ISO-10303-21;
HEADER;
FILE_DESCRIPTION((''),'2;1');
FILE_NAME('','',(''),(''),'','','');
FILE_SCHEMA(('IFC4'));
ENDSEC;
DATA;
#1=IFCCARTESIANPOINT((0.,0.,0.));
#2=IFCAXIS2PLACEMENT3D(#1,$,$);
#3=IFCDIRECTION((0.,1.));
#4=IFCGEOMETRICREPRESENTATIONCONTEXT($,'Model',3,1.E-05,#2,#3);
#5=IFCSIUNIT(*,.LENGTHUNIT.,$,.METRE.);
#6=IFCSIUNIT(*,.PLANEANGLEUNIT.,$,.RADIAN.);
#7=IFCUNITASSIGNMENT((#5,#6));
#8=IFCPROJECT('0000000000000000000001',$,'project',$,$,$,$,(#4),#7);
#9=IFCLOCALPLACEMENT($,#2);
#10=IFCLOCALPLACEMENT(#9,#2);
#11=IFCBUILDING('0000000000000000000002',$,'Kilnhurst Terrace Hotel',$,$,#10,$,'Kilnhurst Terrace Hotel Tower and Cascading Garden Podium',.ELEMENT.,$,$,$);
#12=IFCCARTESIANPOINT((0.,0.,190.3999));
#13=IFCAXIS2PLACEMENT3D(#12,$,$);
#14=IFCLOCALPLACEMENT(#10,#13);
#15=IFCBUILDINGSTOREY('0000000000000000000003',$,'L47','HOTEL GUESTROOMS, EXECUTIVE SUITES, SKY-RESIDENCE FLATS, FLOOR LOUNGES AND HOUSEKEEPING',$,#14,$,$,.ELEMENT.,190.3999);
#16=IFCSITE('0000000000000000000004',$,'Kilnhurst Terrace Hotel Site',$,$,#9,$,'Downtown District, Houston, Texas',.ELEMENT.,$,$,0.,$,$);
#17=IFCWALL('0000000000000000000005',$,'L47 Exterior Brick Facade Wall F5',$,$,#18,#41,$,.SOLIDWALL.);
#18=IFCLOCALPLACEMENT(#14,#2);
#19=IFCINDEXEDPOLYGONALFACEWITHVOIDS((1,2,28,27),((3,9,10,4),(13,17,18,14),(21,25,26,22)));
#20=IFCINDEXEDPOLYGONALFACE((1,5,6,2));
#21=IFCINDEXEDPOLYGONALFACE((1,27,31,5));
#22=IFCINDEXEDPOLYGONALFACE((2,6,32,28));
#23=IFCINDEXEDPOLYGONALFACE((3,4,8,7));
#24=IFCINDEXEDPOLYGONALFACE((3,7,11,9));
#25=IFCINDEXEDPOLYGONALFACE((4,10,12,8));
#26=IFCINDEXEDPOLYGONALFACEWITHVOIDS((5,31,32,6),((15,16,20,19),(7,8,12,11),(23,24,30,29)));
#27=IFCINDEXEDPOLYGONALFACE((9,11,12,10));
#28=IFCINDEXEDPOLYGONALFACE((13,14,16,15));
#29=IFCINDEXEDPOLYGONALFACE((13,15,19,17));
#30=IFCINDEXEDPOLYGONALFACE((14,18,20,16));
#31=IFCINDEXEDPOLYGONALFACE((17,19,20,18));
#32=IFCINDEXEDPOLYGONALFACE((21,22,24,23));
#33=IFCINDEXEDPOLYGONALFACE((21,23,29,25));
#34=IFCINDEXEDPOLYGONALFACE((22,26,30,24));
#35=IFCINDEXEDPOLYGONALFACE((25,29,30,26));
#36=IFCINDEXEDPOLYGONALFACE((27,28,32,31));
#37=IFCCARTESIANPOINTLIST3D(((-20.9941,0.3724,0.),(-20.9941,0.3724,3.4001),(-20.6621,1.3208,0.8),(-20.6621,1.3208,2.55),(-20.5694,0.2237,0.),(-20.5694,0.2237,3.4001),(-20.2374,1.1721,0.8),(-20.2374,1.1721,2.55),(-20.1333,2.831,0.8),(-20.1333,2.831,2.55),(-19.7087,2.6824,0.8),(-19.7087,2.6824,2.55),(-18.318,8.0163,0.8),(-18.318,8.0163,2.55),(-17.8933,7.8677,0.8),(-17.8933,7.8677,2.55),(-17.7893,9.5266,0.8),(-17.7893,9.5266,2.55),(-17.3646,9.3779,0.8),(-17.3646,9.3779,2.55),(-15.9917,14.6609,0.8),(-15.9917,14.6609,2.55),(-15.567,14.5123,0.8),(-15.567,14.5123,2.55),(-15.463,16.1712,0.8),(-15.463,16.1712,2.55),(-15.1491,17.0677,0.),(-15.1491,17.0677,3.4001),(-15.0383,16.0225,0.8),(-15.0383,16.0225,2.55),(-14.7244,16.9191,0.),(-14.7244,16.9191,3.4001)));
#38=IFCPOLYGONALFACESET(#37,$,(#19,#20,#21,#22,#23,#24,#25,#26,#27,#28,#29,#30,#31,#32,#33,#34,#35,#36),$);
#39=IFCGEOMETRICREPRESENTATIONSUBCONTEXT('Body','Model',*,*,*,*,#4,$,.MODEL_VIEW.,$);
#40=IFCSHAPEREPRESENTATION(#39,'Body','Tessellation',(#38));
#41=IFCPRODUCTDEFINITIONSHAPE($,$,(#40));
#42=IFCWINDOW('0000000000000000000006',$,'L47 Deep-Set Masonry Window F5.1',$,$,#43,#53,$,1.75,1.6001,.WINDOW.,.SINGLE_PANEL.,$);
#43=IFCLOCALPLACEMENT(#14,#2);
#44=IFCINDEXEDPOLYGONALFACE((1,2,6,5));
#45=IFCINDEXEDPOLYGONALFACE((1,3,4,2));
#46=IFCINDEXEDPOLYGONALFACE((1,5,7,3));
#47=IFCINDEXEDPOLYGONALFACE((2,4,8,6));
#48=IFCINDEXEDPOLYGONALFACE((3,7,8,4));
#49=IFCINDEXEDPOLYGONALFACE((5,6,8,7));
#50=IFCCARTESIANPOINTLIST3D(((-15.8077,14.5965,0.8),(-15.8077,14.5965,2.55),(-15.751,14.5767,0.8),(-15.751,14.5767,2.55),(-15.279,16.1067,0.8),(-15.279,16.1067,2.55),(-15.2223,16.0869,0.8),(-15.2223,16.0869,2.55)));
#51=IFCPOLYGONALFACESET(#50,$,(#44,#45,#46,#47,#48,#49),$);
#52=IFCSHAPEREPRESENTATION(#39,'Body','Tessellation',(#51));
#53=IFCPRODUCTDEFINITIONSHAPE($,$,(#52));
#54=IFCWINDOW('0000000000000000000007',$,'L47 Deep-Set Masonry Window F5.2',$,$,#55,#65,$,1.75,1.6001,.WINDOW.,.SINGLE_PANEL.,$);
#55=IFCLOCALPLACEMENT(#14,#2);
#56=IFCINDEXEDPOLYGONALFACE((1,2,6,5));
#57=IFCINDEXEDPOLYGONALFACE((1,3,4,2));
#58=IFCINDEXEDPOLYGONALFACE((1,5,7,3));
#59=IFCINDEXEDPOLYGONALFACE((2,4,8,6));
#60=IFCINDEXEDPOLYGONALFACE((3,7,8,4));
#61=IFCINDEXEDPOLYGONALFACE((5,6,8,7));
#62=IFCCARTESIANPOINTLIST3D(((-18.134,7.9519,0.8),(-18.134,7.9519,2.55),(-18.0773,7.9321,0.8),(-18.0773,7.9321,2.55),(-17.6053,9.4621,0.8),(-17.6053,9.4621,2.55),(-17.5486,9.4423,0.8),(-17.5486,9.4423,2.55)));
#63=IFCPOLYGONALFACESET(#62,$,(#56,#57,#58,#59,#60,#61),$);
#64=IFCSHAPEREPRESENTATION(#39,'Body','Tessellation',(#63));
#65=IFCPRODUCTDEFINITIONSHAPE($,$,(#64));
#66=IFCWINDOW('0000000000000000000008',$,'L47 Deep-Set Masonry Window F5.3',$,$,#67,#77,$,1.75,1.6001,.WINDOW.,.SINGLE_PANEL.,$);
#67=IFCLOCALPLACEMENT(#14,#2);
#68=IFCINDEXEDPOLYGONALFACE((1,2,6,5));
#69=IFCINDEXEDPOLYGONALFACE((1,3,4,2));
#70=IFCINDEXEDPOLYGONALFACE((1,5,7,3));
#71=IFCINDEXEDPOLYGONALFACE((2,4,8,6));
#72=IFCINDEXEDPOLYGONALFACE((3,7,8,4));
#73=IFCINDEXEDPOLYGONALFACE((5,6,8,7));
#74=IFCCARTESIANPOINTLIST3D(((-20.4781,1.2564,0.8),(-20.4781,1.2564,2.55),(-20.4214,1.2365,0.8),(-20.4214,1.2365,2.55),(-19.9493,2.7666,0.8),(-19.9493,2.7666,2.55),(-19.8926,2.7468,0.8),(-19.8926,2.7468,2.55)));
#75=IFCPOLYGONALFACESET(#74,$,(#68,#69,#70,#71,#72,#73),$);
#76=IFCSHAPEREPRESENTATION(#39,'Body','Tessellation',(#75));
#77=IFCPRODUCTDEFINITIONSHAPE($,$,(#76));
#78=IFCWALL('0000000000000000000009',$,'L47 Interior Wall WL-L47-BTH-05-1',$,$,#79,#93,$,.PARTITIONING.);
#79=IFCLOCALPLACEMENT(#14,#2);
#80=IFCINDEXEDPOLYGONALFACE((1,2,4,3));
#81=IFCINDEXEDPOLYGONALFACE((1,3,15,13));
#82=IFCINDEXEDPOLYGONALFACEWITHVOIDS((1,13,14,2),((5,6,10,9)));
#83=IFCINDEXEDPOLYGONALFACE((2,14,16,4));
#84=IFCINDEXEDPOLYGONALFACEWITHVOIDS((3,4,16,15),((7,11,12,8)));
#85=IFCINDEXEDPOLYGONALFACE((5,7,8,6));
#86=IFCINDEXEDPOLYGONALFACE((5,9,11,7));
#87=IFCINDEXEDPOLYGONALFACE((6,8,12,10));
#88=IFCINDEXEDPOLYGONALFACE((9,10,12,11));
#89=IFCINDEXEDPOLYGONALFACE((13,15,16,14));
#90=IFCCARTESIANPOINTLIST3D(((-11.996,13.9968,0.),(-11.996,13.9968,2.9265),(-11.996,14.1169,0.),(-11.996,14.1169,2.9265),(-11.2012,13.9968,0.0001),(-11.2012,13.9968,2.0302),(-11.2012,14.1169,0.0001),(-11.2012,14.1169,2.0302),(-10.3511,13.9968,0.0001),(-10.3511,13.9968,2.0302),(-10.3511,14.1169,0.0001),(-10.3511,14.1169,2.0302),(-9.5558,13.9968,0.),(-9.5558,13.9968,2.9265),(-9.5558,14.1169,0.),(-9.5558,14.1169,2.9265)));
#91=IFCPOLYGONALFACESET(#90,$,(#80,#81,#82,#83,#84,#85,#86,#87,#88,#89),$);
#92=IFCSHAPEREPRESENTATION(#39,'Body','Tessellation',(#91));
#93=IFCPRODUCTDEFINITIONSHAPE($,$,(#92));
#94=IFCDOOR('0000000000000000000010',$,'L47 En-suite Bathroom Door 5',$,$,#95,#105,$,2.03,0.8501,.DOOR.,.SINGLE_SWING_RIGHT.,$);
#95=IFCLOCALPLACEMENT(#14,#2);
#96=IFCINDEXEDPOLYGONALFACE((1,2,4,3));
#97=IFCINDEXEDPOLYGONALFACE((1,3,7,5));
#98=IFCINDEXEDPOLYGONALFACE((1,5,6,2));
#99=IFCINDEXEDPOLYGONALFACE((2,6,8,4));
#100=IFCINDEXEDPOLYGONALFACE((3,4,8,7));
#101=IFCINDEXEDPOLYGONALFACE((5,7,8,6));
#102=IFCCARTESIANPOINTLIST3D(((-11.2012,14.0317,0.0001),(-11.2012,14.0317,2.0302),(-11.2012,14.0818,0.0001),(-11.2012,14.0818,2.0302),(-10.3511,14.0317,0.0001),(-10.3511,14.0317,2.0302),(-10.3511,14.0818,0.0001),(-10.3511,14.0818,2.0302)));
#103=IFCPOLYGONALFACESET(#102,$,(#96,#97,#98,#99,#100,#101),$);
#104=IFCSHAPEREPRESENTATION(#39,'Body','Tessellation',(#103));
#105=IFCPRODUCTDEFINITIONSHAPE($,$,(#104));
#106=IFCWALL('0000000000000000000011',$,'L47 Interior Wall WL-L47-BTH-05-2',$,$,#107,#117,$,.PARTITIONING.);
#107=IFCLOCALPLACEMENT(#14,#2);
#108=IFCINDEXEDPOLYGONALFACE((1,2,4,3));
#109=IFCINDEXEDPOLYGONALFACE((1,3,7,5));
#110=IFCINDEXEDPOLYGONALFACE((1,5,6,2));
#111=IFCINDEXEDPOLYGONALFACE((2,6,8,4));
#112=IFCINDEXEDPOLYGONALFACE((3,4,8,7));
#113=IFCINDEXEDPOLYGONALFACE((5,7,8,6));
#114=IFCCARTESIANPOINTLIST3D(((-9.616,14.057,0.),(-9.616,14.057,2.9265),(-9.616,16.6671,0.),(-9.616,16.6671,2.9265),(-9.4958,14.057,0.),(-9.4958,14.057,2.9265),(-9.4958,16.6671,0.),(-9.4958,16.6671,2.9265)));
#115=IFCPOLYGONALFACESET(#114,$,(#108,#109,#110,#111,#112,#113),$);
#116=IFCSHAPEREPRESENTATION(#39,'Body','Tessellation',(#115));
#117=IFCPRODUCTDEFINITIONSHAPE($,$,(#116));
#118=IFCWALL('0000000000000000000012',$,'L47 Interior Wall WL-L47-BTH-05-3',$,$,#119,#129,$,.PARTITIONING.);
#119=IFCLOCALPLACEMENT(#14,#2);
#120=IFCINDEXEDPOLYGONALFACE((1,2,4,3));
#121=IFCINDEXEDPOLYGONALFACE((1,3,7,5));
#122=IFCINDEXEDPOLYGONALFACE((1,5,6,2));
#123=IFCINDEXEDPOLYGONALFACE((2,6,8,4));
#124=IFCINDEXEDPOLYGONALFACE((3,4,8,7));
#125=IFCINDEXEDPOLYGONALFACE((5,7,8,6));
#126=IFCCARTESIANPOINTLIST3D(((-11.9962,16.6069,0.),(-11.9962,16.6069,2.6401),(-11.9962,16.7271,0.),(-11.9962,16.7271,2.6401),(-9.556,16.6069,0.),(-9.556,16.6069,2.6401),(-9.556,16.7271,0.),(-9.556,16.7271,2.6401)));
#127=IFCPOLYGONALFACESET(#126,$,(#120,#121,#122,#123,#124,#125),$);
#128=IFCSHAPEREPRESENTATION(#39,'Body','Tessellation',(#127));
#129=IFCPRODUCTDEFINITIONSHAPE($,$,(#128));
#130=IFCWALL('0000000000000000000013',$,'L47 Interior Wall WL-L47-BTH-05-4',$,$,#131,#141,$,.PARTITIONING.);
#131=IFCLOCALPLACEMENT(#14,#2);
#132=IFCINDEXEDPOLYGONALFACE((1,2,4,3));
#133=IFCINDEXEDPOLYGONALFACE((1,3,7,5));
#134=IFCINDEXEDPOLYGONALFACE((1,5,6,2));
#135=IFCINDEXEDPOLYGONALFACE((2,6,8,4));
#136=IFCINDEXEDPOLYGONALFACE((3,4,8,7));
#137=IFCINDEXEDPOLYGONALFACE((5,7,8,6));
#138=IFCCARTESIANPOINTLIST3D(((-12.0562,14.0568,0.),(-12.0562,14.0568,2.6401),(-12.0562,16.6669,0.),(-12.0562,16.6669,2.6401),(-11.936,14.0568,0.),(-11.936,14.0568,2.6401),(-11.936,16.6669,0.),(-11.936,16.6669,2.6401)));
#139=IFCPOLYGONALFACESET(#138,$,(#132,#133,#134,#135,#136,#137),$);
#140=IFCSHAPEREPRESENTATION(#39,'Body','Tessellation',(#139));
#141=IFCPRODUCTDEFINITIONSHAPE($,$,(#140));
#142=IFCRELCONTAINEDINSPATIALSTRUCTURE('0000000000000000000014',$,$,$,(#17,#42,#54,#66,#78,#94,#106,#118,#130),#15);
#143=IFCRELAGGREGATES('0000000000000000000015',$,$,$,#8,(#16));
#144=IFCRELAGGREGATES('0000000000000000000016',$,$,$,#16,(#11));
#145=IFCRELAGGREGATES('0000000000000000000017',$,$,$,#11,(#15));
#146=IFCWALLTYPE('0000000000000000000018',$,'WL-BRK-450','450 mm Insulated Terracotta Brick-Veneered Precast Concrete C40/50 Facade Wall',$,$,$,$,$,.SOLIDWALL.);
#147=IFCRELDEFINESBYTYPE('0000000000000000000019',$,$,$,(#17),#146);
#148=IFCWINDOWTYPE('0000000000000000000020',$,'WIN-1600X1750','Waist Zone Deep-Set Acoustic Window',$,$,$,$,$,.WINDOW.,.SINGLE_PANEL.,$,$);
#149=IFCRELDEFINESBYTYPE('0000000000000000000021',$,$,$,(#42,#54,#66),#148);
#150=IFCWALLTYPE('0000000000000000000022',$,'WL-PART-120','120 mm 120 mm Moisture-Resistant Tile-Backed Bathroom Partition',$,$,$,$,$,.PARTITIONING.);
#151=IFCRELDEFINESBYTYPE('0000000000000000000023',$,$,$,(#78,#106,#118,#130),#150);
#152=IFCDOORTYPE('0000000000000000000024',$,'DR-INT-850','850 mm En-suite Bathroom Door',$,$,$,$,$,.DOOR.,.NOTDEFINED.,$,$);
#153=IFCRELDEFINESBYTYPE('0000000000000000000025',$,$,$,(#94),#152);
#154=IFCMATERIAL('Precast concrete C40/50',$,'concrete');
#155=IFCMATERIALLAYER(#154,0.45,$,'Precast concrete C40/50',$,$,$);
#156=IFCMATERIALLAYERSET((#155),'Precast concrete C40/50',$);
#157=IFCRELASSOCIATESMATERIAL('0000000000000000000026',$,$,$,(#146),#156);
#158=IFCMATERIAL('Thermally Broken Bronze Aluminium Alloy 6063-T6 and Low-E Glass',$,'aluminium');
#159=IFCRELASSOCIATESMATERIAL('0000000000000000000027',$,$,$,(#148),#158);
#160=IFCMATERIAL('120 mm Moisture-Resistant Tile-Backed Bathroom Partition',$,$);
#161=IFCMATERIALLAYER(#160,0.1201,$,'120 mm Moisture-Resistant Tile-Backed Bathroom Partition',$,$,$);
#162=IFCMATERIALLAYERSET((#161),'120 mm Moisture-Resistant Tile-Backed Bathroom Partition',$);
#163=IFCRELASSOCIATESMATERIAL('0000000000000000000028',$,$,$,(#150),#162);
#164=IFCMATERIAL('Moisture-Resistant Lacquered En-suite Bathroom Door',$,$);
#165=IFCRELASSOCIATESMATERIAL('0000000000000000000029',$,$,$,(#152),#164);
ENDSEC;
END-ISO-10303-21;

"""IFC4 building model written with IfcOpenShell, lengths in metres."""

from ifc_helpers import new_model, si_unit, direction, frame, frame_2d, origin, place, context, subcontext, project, spatial, rectangle, extrude, material, layer, layer_set, type_object, element, fill, save


model = new_model("IFC4")

# Units and contexts
model_context = context("Model", 3, precision=1e-05, world=origin(), true_north=direction((0.0, 1.0)))
body_context = subcontext(model_context, "Body", "Model", "MODEL_VIEW")
ifc_project = project(units=[si_unit("LENGTHUNIT", "METRE"), si_unit("PLANEANGLEUNIT", "RADIAN")], contexts=[model_context])

# Site, building, storey
site_placement = place(None, origin())
site = spatial("IfcSite", under=ifc_project, at=site_placement, Name="Kilnhurst Terrace Hotel Site", LongName="Downtown District, Houston, Texas", CompositionType="ELEMENT", RefElevation=0.0)
building_placement = place(site_placement, origin())
building = spatial("IfcBuilding", under=site, at=building_placement, Name="Kilnhurst Terrace Hotel", LongName="Kilnhurst Terrace Hotel Tower and Cascading Garden Podium", CompositionType="ELEMENT")
storey_placement = place(building_placement, frame((0.0, 0.0, 190.3999)))
storey = spatial("IfcBuildingStorey", under=building, at=storey_placement, Name="L47", Description="HOTEL GUESTROOMS, EXECUTIVE SUITES, SKY-RESIDENCE FLATS, FLOOR LOUNGES AND HOUSEKEEPING", CompositionType="ELEMENT", Elevation=190.3999)

# Shared definitions
ifc_material_1 = material(Name="Precast concrete C40/50", Category="concrete")
ifc_layer_1 = layer(ifc_material_1, 0.45, Name="Precast concrete C40/50")
ifc_layer_set_1 = layer_set([ifc_layer_1], Name="Precast concrete C40/50")
wall_type_1 = type_object("IfcWallType", Name="WL-BRK-450", Description="450 mm Insulated Terracotta Brick-Veneered Precast Concrete C40/50 Facade Wall", PredefinedType="SOLIDWALL", material=ifc_layer_set_1)

# Wall, openings, windows
wall_1_placement = place(storey_placement, frame((-14.9368, 16.9934, 0.0), z_axis=(0.0, 0.0, 1.0), x_axis=(-0.330432, -0.94383, 0.0)))
wall_1 = element("IfcWall", 1, at=wall_1_placement, inside=storey, type_object=wall_type_1, Name="L47 Exterior Brick Facade Wall F5", PredefinedType="SOLIDWALL", context=body_context, shape_type="SweptSolid", body=[
    extrude(rectangle(XDim=17.689, YDim=0.45, at=frame_2d((8.8445, 0.0))), origin(), (0.0, 0.0, 1.0), 3.4001),
])
opening_1_placement = place(wall_1_placement, frame((0.95, 0.0, 0.8)))
opening_1 = element("IfcOpeningElement", 2, at=opening_1_placement, cuts=wall_1, PredefinedType="OPENING", context=body_context, shape_type="SweptSolid", body=[
    extrude(rectangle(XDim=1.6001, YDim=1.75, at=frame_2d((0.8, 0.875))), frame((0.0, 0.2349, 0.0), z_axis=(0.0, -1.0, 0.0), x_axis=(1.0, 0.0, 0.0)), (0.0, 0.0, 1.0), 0.47),
])
opening_2_placement = place(wall_1_placement, frame((7.99, 0.0, 0.8)))
opening_2 = element("IfcOpeningElement", 3, at=opening_2_placement, cuts=wall_1, PredefinedType="OPENING", context=body_context, shape_type="SweptSolid", body=[
    extrude(rectangle(XDim=1.6001, YDim=1.75, at=frame_2d((0.8, 0.875))), frame((0.0, 0.2349, 0.0), z_axis=(0.0, -1.0, 0.0), x_axis=(1.0, 0.0, 0.0)), (0.0, 0.0, 1.0), 0.47),
])
opening_3_placement = place(wall_1_placement, frame((15.084, 0.0, 0.8)))
opening_3 = element("IfcOpeningElement", 4, at=opening_3_placement, cuts=wall_1, PredefinedType="OPENING", context=body_context, shape_type="SweptSolid", body=[
    extrude(rectangle(XDim=1.6001, YDim=1.75, at=frame_2d((0.8, 0.875))), frame((0.0, 0.2349, 0.0), z_axis=(0.0, -1.0, 0.0), x_axis=(1.0, 0.0, 0.0)), (0.0, 0.0, 1.0), 0.47),
])
ifc_material_2 = material(Name="Thermally Broken Bronze Aluminium Alloy 6063-T6 and Low-E Glass", Category="aluminium")
window_type = type_object("IfcWindowType", Name="WIN-1600X1750", Description="Waist Zone Deep-Set Acoustic Window", PartitioningType="SINGLE_PANEL", PredefinedType="WINDOW", material=ifc_material_2)
window_1_placement = place(opening_1_placement, origin())
window_1 = element("IfcWindow", 5, at=window_1_placement, inside=storey, type_object=window_type, Name="L47 Deep-Set Masonry Window F5.1", OverallHeight=1.75, OverallWidth=1.6001, PartitioningType="SINGLE_PANEL", PredefinedType="WINDOW", context=body_context, shape_type="SweptSolid", body=[
    extrude(rectangle(XDim=1.6001, YDim=1.75, at=frame_2d((0.8, 0.875))), frame((0.0, 0.03, 0.0), z_axis=(0.0, -1.0, 0.0), x_axis=(1.0, 0.0, 0.0)), (0.0, 0.0, 1.0), 0.0601),
])
fill(opening_1, window_1)
window_2_placement = place(opening_2_placement, origin())
window_2 = element("IfcWindow", 6, at=window_2_placement, inside=storey, type_object=window_type, Name="L47 Deep-Set Masonry Window F5.2", OverallHeight=1.75, OverallWidth=1.6001, PartitioningType="SINGLE_PANEL", PredefinedType="WINDOW", context=body_context, shape_type="SweptSolid", body=[
    extrude(rectangle(XDim=1.6001, YDim=1.75, at=frame_2d((0.8, 0.875))), frame((0.0, 0.03, 0.0), z_axis=(0.0, -1.0, 0.0), x_axis=(1.0, 0.0, 0.0)), (0.0, 0.0, 1.0), 0.0601),
])
fill(opening_2, window_2)
window_3_placement = place(opening_3_placement, origin())
window_3 = element("IfcWindow", 7, at=window_3_placement, inside=storey, type_object=window_type, Name="L47 Deep-Set Masonry Window F5.3", OverallHeight=1.75, OverallWidth=1.6001, PartitioningType="SINGLE_PANEL", PredefinedType="WINDOW", context=body_context, shape_type="SweptSolid", body=[
    extrude(rectangle(XDim=1.6001, YDim=1.75, at=frame_2d((0.8, 0.875))), frame((0.0, 0.03, 0.0), z_axis=(0.0, -1.0, 0.0), x_axis=(1.0, 0.0, 0.0)), (0.0, 0.0, 1.0), 0.0601),
])
fill(opening_3, window_3)

# Wall, opening, door
ifc_material_3 = material(Name="120 mm Moisture-Resistant Tile-Backed Bathroom Partition")
ifc_layer_2 = layer(ifc_material_3, 0.1201, Name="120 mm Moisture-Resistant Tile-Backed Bathroom Partition")
ifc_layer_set_2 = layer_set([ifc_layer_2], Name="120 mm Moisture-Resistant Tile-Backed Bathroom Partition")
wall_type_2 = type_object("IfcWallType", Name="WL-PART-120", Description="120 mm 120 mm Moisture-Resistant Tile-Backed Bathroom Partition", PredefinedType="PARTITIONING", material=ifc_layer_set_2)
wall_2_placement = place(storey_placement, frame((-11.9961, 14.0569, 0.0), z_axis=(0.0, 0.0, 1.0), x_axis=(1.0, 0.0, 0.0)))
wall_2 = element("IfcWall", 8, at=wall_2_placement, inside=storey, type_object=wall_type_2, Name="L47 Interior Wall WL-L47-BTH-05-1", PredefinedType="PARTITIONING", context=body_context, shape_type="SweptSolid", body=[
    extrude(rectangle(XDim=2.4402, YDim=0.1201, at=frame_2d((1.2202, 0.0))), origin(), (0.0, 0.0, 1.0), 2.9265),
])
opening_4_placement = place(wall_2_placement, frame((0.7949, 0.0, 0.0)))
opening_4 = element("IfcOpeningElement", 9, at=opening_4_placement, cuts=wall_2, PredefinedType="OPENING", context=body_context, shape_type="SweptSolid", body=[
    extrude(rectangle(XDim=0.8501, YDim=2.03, at=frame_2d((0.425, 1.0151))), frame((0.0, 0.0701, 0.0), z_axis=(0.0, -1.0, 0.0), x_axis=(1.0, 0.0, 0.0)), (0.0, 0.0, 1.0), 0.1401),
])
ifc_material_4 = material(Name="Moisture-Resistant Lacquered En-suite Bathroom Door")
door_type = type_object("IfcDoorType", Name="DR-INT-850", Description="850 mm En-suite Bathroom Door", OperationType="NOTDEFINED", PredefinedType="DOOR", material=ifc_material_4)
door_placement = place(opening_4_placement, origin())
door = element("IfcDoor", 10, at=door_placement, inside=storey, type_object=door_type, Name="L47 En-suite Bathroom Door 5", OperationType="SINGLE_SWING_RIGHT", OverallHeight=2.03, OverallWidth=0.8501, PredefinedType="DOOR", context=body_context, shape_type="SweptSolid", body=[
    extrude(rectangle(XDim=0.8501, YDim=2.03, at=frame_2d((0.425, 1.0151))), frame((0.0, 0.0249, 0.0), z_axis=(0.0, -1.0, 0.0), x_axis=(1.0, 0.0, 0.0)), (0.0, 0.0, 1.0), 0.05),
])
fill(opening_4, door)

# Walls
wall_3_placement = place(storey_placement, frame((-9.5559, 14.0569, 0.0), z_axis=(0.0, 0.0, 1.0), x_axis=(0.0, 1.0, 0.0)))
element("IfcWall", 11, at=wall_3_placement, inside=storey, type_object=wall_type_2, Name="L47 Interior Wall WL-L47-BTH-05-2", PredefinedType="PARTITIONING", context=body_context, shape_type="SweptSolid", body=[
    extrude(rectangle(XDim=2.6101, YDim=0.1201, at=frame_2d((1.3052, 0.0))), origin(), (0.0, 0.0, 1.0), 2.9265),
])
wall_4_placement = place(storey_placement, frame((-9.5559, 16.667, 0.0), z_axis=(0.0, 0.0, 1.0), x_axis=(-1.0, 0.0, 0.0)))
element("IfcWall", 12, at=wall_4_placement, inside=storey, type_object=wall_type_2, Name="L47 Interior Wall WL-L47-BTH-05-3", PredefinedType="PARTITIONING", context=body_context, shape_type="SweptSolid", body=[
    extrude(rectangle(XDim=2.4402, YDim=0.1201, at=frame_2d((1.2202, 0.0))), origin(), (0.0, 0.0, 1.0), 2.6401),
])
wall_5_placement = place(storey_placement, frame((-11.9961, 16.667, 0.0), z_axis=(0.0, 0.0, 1.0), x_axis=(0.0, -1.0, 0.0)))
element("IfcWall", 13, at=wall_5_placement, inside=storey, type_object=wall_type_2, Name="L47 Interior Wall WL-L47-BTH-05-4", PredefinedType="PARTITIONING", context=body_context, shape_type="SweptSolid", body=[
    extrude(rectangle(XDim=2.6101, YDim=0.1201, at=frame_2d((1.3052, 0.0))), origin(), (0.0, 0.0, 1.0), 2.6401),
])

save(model, "model.ifc")
